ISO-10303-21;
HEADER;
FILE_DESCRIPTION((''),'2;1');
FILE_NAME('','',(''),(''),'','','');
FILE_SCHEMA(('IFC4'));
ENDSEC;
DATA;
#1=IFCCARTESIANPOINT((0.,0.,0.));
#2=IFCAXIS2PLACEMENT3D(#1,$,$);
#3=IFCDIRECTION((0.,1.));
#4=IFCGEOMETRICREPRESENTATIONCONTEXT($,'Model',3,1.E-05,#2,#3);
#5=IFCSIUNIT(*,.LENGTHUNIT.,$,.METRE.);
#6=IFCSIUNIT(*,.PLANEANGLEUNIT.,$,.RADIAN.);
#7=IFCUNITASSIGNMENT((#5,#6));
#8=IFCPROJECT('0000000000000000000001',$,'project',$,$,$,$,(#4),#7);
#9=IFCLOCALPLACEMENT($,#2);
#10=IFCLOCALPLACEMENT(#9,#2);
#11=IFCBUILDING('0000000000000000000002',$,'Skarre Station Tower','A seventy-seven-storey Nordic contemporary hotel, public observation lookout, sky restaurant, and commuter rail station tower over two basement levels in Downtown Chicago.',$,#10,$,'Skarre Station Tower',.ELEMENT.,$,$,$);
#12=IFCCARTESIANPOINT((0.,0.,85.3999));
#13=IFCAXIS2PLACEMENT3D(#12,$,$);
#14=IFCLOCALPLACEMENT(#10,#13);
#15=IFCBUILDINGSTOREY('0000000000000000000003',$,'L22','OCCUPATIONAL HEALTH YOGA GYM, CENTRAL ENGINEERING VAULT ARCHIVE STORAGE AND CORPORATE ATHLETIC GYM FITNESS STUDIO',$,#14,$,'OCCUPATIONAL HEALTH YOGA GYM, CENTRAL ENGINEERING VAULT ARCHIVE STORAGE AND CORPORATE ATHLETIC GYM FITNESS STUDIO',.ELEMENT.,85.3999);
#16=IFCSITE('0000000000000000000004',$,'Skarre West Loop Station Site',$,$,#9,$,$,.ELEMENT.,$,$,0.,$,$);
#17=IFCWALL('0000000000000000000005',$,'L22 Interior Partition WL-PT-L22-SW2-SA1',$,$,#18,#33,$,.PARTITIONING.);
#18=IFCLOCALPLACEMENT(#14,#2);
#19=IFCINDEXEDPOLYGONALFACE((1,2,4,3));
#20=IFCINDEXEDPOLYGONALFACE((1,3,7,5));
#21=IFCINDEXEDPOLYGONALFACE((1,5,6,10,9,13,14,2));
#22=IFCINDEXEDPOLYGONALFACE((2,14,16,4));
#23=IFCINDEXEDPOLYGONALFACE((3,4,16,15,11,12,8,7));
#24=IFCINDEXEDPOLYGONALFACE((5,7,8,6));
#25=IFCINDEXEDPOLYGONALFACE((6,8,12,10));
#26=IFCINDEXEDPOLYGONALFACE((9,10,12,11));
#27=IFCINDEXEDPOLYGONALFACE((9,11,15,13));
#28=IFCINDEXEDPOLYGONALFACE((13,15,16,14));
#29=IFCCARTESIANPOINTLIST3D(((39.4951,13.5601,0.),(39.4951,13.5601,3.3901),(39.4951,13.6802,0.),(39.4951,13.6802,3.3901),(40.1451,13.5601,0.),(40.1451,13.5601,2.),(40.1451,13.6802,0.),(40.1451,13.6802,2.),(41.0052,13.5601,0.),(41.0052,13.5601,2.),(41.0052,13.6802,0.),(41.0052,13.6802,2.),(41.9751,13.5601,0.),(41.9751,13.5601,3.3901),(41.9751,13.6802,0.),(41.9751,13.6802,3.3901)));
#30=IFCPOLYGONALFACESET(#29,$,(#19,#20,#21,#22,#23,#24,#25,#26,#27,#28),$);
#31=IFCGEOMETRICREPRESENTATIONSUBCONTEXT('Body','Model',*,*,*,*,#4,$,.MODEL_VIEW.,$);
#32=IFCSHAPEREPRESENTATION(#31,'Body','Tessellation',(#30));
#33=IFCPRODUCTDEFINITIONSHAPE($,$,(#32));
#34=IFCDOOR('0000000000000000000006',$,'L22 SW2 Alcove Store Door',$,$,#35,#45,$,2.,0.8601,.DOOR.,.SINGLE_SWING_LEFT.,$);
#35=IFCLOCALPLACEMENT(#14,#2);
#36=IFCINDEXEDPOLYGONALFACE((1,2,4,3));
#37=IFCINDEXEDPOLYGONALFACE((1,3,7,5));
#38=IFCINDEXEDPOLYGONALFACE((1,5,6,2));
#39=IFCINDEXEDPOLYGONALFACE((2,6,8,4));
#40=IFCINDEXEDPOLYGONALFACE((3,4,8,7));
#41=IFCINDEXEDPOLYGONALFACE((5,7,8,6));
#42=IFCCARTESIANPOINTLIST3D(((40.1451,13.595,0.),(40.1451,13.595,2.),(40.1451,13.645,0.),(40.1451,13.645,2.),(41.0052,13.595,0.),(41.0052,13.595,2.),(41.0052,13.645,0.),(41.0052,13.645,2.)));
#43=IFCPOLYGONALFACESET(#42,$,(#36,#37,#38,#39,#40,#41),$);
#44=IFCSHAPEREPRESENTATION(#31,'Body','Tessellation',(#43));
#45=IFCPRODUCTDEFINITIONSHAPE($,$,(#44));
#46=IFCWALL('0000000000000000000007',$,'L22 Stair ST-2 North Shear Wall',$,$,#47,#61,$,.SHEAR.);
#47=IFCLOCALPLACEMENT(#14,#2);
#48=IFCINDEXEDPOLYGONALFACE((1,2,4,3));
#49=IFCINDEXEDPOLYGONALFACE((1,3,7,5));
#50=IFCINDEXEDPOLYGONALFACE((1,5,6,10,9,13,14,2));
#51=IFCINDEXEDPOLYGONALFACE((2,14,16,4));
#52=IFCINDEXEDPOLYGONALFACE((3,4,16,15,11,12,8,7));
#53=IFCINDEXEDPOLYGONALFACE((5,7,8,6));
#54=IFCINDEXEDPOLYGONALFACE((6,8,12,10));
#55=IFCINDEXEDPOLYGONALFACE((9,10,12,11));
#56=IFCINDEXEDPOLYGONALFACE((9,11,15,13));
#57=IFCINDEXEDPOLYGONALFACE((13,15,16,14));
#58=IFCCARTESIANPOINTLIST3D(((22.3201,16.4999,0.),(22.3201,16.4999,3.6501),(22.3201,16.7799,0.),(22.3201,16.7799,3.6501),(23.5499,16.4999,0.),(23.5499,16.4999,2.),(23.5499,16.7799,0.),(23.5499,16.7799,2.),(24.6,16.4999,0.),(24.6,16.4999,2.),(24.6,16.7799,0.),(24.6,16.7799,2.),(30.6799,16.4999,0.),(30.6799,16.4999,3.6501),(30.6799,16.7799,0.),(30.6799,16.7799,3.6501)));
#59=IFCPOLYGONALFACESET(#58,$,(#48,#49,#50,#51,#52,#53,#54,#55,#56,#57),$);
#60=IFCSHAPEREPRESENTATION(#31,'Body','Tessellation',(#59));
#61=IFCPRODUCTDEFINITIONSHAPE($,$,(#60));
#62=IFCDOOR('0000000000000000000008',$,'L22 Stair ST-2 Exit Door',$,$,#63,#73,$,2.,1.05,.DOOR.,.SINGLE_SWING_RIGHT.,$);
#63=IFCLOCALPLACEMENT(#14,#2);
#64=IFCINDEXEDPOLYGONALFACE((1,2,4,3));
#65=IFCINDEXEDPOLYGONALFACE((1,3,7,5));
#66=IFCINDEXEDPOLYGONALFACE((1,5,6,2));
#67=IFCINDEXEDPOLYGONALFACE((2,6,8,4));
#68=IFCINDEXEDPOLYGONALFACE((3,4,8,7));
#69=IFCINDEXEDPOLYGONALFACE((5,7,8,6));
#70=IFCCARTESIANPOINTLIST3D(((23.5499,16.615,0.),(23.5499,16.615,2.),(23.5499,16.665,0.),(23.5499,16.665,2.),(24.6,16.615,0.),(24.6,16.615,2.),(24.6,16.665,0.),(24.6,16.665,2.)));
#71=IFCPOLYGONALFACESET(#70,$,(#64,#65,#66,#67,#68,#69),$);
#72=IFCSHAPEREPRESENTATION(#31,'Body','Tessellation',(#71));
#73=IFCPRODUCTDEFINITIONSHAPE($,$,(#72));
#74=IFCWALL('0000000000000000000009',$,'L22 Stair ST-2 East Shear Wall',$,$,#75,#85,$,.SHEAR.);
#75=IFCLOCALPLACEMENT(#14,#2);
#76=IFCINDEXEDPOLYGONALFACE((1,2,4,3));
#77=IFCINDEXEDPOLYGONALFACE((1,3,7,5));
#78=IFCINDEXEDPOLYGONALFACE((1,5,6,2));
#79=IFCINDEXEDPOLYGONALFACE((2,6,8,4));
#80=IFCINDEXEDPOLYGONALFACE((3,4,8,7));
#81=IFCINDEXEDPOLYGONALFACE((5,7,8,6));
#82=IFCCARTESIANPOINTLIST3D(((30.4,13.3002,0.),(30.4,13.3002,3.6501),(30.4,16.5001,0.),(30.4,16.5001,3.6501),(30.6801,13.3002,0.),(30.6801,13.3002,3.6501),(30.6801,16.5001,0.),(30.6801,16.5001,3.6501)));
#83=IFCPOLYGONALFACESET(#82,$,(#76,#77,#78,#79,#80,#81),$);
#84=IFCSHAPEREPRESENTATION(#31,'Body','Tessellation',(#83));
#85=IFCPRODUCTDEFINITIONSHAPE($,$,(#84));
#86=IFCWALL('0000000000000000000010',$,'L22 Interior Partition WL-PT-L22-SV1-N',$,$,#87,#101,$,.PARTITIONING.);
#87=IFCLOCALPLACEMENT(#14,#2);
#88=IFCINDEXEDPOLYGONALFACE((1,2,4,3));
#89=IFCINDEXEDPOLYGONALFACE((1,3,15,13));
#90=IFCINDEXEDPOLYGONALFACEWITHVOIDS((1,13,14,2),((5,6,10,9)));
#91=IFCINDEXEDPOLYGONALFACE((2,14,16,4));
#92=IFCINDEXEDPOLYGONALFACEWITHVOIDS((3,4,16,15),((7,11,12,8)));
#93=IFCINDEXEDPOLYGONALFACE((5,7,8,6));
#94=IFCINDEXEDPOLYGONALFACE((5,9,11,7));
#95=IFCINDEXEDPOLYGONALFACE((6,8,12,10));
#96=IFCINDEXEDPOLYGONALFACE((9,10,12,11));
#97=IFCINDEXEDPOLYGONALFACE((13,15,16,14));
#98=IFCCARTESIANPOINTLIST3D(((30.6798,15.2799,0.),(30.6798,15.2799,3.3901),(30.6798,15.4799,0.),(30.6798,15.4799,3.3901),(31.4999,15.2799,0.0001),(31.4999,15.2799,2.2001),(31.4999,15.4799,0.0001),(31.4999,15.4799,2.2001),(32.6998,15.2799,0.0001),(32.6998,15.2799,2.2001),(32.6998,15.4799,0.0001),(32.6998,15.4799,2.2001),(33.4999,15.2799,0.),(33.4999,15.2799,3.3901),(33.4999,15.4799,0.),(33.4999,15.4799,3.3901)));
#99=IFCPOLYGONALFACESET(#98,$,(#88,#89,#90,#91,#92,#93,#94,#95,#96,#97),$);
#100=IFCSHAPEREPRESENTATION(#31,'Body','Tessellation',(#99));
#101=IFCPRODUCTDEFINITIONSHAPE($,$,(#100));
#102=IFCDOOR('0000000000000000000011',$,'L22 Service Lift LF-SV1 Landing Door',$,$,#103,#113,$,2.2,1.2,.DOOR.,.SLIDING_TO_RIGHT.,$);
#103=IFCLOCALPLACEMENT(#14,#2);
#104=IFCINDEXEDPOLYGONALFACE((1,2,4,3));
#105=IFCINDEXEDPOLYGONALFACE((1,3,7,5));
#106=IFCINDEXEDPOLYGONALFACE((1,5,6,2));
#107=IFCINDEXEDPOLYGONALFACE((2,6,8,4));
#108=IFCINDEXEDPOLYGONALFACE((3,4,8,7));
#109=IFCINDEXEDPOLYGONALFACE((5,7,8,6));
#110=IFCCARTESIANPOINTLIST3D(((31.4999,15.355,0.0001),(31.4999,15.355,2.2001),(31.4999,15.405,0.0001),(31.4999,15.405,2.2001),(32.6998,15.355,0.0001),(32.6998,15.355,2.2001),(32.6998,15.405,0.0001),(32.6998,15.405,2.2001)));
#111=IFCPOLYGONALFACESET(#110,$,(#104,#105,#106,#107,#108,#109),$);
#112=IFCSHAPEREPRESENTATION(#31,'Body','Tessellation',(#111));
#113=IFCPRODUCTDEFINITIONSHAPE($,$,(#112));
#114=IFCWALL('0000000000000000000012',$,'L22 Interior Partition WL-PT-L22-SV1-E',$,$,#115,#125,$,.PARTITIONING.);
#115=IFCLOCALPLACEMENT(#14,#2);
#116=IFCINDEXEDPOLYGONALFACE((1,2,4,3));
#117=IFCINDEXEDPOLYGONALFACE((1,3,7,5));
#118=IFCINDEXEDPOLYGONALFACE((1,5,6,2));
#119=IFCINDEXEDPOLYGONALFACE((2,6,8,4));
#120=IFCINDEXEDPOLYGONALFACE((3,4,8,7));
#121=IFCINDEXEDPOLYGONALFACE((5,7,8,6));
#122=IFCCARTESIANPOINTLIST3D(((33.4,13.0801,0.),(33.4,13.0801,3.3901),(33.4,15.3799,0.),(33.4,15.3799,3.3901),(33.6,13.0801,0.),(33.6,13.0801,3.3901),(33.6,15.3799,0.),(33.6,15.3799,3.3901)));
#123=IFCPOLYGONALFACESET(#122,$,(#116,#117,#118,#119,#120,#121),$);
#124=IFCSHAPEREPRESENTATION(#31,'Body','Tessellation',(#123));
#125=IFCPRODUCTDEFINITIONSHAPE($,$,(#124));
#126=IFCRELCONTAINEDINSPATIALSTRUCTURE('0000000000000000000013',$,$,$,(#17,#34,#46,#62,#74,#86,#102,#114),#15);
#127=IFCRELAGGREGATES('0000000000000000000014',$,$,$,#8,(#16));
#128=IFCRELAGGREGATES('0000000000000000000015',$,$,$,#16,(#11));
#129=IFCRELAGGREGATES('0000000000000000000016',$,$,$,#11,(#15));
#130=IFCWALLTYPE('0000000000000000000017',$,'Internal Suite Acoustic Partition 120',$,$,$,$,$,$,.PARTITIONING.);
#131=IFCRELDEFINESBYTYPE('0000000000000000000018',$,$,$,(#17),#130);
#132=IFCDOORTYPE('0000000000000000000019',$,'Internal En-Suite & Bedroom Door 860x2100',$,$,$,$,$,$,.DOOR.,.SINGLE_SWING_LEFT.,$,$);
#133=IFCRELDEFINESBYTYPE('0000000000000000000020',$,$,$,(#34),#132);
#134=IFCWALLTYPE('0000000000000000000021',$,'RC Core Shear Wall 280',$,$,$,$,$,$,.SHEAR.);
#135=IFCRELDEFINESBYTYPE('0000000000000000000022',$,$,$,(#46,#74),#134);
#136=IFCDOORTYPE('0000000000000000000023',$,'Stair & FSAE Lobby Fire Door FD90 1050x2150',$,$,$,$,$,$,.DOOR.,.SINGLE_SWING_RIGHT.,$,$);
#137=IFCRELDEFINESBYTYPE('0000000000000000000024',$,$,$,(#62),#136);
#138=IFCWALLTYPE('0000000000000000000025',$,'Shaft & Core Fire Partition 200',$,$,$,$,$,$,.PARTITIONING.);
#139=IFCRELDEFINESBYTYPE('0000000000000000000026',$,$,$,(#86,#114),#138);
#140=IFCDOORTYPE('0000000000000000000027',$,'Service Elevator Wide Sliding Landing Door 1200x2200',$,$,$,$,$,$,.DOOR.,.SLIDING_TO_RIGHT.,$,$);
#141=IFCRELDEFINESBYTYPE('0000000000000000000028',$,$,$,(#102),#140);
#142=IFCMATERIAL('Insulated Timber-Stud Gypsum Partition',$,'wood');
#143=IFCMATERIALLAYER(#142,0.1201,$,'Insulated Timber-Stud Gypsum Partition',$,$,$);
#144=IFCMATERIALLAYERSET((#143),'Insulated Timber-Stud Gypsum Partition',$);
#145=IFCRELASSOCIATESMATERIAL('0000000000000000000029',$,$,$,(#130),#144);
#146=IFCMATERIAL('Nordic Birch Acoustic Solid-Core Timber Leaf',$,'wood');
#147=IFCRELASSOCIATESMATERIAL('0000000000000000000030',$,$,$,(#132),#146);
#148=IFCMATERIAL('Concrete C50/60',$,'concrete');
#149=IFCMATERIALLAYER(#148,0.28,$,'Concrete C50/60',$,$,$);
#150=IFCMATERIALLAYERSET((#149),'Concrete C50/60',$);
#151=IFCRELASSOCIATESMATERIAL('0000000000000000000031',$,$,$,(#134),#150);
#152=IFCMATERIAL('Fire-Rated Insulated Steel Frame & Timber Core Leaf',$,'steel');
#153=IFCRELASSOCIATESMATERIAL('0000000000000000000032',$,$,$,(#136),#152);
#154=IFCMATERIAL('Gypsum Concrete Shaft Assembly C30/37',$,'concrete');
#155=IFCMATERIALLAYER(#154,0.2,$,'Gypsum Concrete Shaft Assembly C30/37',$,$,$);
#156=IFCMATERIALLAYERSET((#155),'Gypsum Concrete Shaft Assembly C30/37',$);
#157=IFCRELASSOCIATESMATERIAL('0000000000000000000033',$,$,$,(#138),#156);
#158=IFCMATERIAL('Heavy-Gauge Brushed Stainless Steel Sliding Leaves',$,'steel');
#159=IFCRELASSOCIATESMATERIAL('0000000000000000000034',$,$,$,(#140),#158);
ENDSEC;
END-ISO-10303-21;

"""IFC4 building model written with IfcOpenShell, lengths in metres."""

from ifc_helpers import new_model, si_unit, direction, frame, frame_2d, origin, place, context, subcontext, project, spatial, rectangle, extrude, material, layer, layer_set, type_object, element, fill, save


model = new_model("IFC4")

# Units and contexts
model_context = context("Model", 3, precision=1e-05, world=origin(), true_north=direction((0.0, 1.0)))
body_context = subcontext(model_context, "Body", "Model", "MODEL_VIEW")
ifc_project = project(units=[si_unit("LENGTHUNIT", "METRE"), si_unit("PLANEANGLEUNIT", "RADIAN")], contexts=[model_context])

# Site, building, storey
site_placement = place(None, origin())
site = spatial("IfcSite", under=ifc_project, at=site_placement, Name="Skarre West Loop Station Site", CompositionType="ELEMENT", RefElevation=0.0)
building_placement = place(site_placement, origin())
building = spatial("IfcBuilding", under=site, at=building_placement, Name="Skarre Station Tower", Description="A seventy-seven-storey Nordic contemporary hotel, public observation lookout, sky restaurant, and commuter rail station tower over two basement levels in Downtown Chicago.", LongName="Skarre Station Tower", CompositionType="ELEMENT")
storey_placement = place(building_placement, frame((0.0, 0.0, 85.3999)))
storey = spatial("IfcBuildingStorey", under=building, at=storey_placement, Name="L22", Description="OCCUPATIONAL HEALTH YOGA GYM, CENTRAL ENGINEERING VAULT ARCHIVE STORAGE AND CORPORATE ATHLETIC GYM FITNESS STUDIO", LongName="OCCUPATIONAL HEALTH YOGA GYM, CENTRAL ENGINEERING VAULT ARCHIVE STORAGE AND CORPORATE ATHLETIC GYM FITNESS STUDIO", CompositionType="ELEMENT", Elevation=85.3999)

# Walls, openings, doors
ifc_material_1 = material(Name="Insulated Timber-Stud Gypsum Partition", Category="wood")
ifc_layer_1 = layer(ifc_material_1, 0.1201, Name="Insulated Timber-Stud Gypsum Partition")
ifc_layer_set_1 = layer_set([ifc_layer_1], Name="Insulated Timber-Stud Gypsum Partition")
wall_type_1 = type_object("IfcWallType", Name="Internal Suite Acoustic Partition 120", PredefinedType="PARTITIONING", material=ifc_layer_set_1)
wall_1_placement = place(storey_placement, frame((39.4951, 13.6201, 0.0), z_axis=(0.0, 0.0, 1.0), x_axis=(1.0, 0.0, 0.0)))
wall_1 = element("IfcWall", 1, at=wall_1_placement, inside=storey, type_object=wall_type_1, Name="L22 Interior Partition WL-PT-L22-SW2-SA1", PredefinedType="PARTITIONING", context=body_context, shape_type="SweptSolid", body=[
    extrude(rectangle(XDim=2.48, YDim=0.1201, at=frame_2d((1.24, 0.0))), origin(), (0.0, 0.0, 1.0), 3.3901),
])
opening_1_placement = place(wall_1_placement, frame((0.6499, 0.0, 0.0)))
opening_1 = element("IfcOpeningElement", 2, at=opening_1_placement, cuts=wall_1, PredefinedType="OPENING", context=body_context, shape_type="SweptSolid", body=[
    extrude(rectangle(XDim=0.8601, YDim=2.0, at=frame_2d((0.4302, 1.0))), frame((0.0, 0.0701, 0.0), z_axis=(0.0, -1.0, 0.0), x_axis=(1.0, 0.0, 0.0)), (0.0, 0.0, 1.0), 0.1401),
])
ifc_material_2 = material(Name="Nordic Birch Acoustic Solid-Core Timber Leaf", Category="wood")
door_type_1 = type_object("IfcDoorType", Name="Internal En-Suite & Bedroom Door 860x2100", OperationType="SINGLE_SWING_LEFT", PredefinedType="DOOR", material=ifc_material_2)
door_1_placement = place(opening_1_placement, origin())
door_1 = element("IfcDoor", 3, at=door_1_placement, inside=storey, type_object=door_type_1, Name="L22 SW2 Alcove Store Door", OperationType="SINGLE_SWING_LEFT", OverallHeight=2.0, OverallWidth=0.8601, PredefinedType="DOOR", context=body_context, shape_type="SweptSolid", body=[
    extrude(rectangle(XDim=0.8601, YDim=2.0, at=frame_2d((0.4302, 1.0))), frame((0.0, 0.0249, 0.0), z_axis=(0.0, -1.0, 0.0), x_axis=(1.0, 0.0, 0.0)), (0.0, 0.0, 1.0), 0.05),
])
fill(opening_1, door_1)
ifc_material_3 = material(Name="Concrete C50/60", Category="concrete")
ifc_layer_2 = layer(ifc_material_3, 0.28, Name="Concrete C50/60")
ifc_layer_set_2 = layer_set([ifc_layer_2], Name="Concrete C50/60")
wall_type_2 = type_object("IfcWallType", Name="RC Core Shear Wall 280", PredefinedType="SHEAR", material=ifc_layer_set_2)
wall_2_placement = place(storey_placement, frame((30.6799, 16.6399, 0.0), z_axis=(0.0, 0.0, 1.0), x_axis=(-1.0, 0.0, 0.0)))
wall_2 = element("IfcWall", 4, at=wall_2_placement, inside=storey, type_object=wall_type_2, Name="L22 Stair ST-2 North Shear Wall", PredefinedType="SHEAR", context=body_context, shape_type="SweptSolid", body=[
    extrude(rectangle(XDim=8.3599, YDim=0.28, at=frame_2d((4.1799, 0.0))), origin(), (0.0, 0.0, 1.0), 3.6501),
])
opening_2_placement = place(wall_2_placement, frame((6.0801, 0.0, 0.0)))
opening_2 = element("IfcOpeningElement", 5, at=opening_2_placement, cuts=wall_2, PredefinedType="OPENING", context=body_context, shape_type="SweptSolid", body=[
    extrude(rectangle(XDim=1.05, YDim=2.0, at=frame_2d((0.5249, 1.0))), frame((0.0, 0.1499, 0.0), z_axis=(0.0, -1.0, 0.0), x_axis=(1.0, 0.0, 0.0)), (0.0, 0.0, 1.0), 0.3),
])
ifc_material_4 = material(Name="Fire-Rated Insulated Steel Frame & Timber Core Leaf", Category="steel")
door_type_2 = type_object("IfcDoorType", Name="Stair & FSAE Lobby Fire Door FD90 1050x2150", OperationType="SINGLE_SWING_RIGHT", PredefinedType="DOOR", material=ifc_material_4)
door_2_placement = place(opening_2_placement, origin())
door_2 = element("IfcDoor", 6, at=door_2_placement, inside=storey, type_object=door_type_2, Name="L22 Stair ST-2 Exit Door", OperationType="SINGLE_SWING_RIGHT", OverallHeight=2.0, OverallWidth=1.05, PredefinedType="DOOR", context=body_context, shape_type="SweptSolid", body=[
    extrude(rectangle(XDim=1.05, YDim=2.0, at=frame_2d((0.5249, 1.0))), frame((0.0, 0.0249, 0.0), z_axis=(0.0, -1.0, 0.0), x_axis=(1.0, 0.0, 0.0)), (0.0, 0.0, 1.0), 0.05),
])
fill(opening_2, door_2)

# Wall
wall_3_placement = place(storey_placement, frame((30.54, 13.3, 0.0), z_axis=(0.0, 0.0, 1.0), x_axis=(0.0, 1.0, 0.0)))
element("IfcWall", 7, at=wall_3_placement, inside=storey, type_object=wall_type_2, Name="L22 Stair ST-2 East Shear Wall", PredefinedType="SHEAR", context=body_context, shape_type="SweptSolid", body=[
    extrude(rectangle(XDim=3.2, YDim=0.28, at=frame_2d((1.6001, 0.0))), origin(), (0.0, 0.0, 1.0), 3.6501),
])

# Wall, opening, door
ifc_material_5 = material(Name="Gypsum Concrete Shaft Assembly C30/37", Category="concrete")
ifc_layer_3 = layer(ifc_material_5, 0.2, Name="Gypsum Concrete Shaft Assembly C30/37")
ifc_layer_set_3 = layer_set([ifc_layer_3], Name="Gypsum Concrete Shaft Assembly C30/37")
wall_type_3 = type_object("IfcWallType", Name="Shaft & Core Fire Partition 200", PredefinedType="PARTITIONING", material=ifc_layer_set_3)
wall_4_placement = place(storey_placement, frame((33.5, 15.3799, 0.0), z_axis=(0.0, 0.0, 1.0), x_axis=(-1.0, 0.0, 0.0)))
wall_4 = element("IfcWall", 8, at=wall_4_placement, inside=storey, type_object=wall_type_3, Name="L22 Interior Partition WL-PT-L22-SV1-N", PredefinedType="PARTITIONING", context=body_context, shape_type="SweptSolid", body=[
    extrude(rectangle(XDim=2.8201, YDim=0.2, at=frame_2d((1.4102, 0.0))), origin(), (0.0, 0.0, 1.0), 3.3901),
])
opening_3_placement = place(wall_4_placement, frame((0.8, 0.0, 0.0)))
opening_3 = element("IfcOpeningElement", 9, at=opening_3_placement, cuts=wall_4, PredefinedType="OPENING", context=body_context, shape_type="SweptSolid", body=[
    extrude(rectangle(XDim=1.2, YDim=2.2, at=frame_2d((0.6001, 1.1001))), frame((0.0, 0.1099, 0.0), z_axis=(0.0, -1.0, 0.0), x_axis=(1.0, 0.0, 0.0)), (0.0, 0.0, 1.0), 0.22),
])
ifc_material_6 = material(Name="Heavy-Gauge Brushed Stainless Steel Sliding Leaves", Category="steel")
door_type_3 = type_object("IfcDoorType", Name="Service Elevator Wide Sliding Landing Door 1200x2200", OperationType="SLIDING_TO_RIGHT", PredefinedType="DOOR", material=ifc_material_6)
door_3_placement = place(opening_3_placement, origin())
door_3 = element("IfcDoor", 10, at=door_3_placement, inside=storey, type_object=door_type_3, Name="L22 Service Lift LF-SV1 Landing Door", OperationType="SLIDING_TO_RIGHT", OverallHeight=2.2, OverallWidth=1.2, PredefinedType="DOOR", context=body_context, shape_type="SweptSolid", body=[
    extrude(rectangle(XDim=1.2, YDim=2.2, at=frame_2d((0.6001, 1.1001))), frame((0.0, 0.0249, 0.0), z_axis=(0.0, -1.0, 0.0), x_axis=(1.0, 0.0, 0.0)), (0.0, 0.0, 1.0), 0.05),
])
fill(opening_3, door_3)

# Wall
wall_5_placement = place(storey_placement, frame((33.5, 13.0801, 0.0), z_axis=(0.0, 0.0, 1.0), x_axis=(0.0, 1.0, 0.0)))
element("IfcWall", 11, at=wall_5_placement, inside=storey, type_object=wall_type_3, Name="L22 Interior Partition WL-PT-L22-SV1-E", PredefinedType="PARTITIONING", context=body_context, shape_type="SweptSolid", body=[
    extrude(rectangle(XDim=2.2998, YDim=0.2, at=frame_2d((1.1499, 0.0))), origin(), (0.0, 0.0, 1.0), 3.3901),
])

save(model, "model.ifc")
